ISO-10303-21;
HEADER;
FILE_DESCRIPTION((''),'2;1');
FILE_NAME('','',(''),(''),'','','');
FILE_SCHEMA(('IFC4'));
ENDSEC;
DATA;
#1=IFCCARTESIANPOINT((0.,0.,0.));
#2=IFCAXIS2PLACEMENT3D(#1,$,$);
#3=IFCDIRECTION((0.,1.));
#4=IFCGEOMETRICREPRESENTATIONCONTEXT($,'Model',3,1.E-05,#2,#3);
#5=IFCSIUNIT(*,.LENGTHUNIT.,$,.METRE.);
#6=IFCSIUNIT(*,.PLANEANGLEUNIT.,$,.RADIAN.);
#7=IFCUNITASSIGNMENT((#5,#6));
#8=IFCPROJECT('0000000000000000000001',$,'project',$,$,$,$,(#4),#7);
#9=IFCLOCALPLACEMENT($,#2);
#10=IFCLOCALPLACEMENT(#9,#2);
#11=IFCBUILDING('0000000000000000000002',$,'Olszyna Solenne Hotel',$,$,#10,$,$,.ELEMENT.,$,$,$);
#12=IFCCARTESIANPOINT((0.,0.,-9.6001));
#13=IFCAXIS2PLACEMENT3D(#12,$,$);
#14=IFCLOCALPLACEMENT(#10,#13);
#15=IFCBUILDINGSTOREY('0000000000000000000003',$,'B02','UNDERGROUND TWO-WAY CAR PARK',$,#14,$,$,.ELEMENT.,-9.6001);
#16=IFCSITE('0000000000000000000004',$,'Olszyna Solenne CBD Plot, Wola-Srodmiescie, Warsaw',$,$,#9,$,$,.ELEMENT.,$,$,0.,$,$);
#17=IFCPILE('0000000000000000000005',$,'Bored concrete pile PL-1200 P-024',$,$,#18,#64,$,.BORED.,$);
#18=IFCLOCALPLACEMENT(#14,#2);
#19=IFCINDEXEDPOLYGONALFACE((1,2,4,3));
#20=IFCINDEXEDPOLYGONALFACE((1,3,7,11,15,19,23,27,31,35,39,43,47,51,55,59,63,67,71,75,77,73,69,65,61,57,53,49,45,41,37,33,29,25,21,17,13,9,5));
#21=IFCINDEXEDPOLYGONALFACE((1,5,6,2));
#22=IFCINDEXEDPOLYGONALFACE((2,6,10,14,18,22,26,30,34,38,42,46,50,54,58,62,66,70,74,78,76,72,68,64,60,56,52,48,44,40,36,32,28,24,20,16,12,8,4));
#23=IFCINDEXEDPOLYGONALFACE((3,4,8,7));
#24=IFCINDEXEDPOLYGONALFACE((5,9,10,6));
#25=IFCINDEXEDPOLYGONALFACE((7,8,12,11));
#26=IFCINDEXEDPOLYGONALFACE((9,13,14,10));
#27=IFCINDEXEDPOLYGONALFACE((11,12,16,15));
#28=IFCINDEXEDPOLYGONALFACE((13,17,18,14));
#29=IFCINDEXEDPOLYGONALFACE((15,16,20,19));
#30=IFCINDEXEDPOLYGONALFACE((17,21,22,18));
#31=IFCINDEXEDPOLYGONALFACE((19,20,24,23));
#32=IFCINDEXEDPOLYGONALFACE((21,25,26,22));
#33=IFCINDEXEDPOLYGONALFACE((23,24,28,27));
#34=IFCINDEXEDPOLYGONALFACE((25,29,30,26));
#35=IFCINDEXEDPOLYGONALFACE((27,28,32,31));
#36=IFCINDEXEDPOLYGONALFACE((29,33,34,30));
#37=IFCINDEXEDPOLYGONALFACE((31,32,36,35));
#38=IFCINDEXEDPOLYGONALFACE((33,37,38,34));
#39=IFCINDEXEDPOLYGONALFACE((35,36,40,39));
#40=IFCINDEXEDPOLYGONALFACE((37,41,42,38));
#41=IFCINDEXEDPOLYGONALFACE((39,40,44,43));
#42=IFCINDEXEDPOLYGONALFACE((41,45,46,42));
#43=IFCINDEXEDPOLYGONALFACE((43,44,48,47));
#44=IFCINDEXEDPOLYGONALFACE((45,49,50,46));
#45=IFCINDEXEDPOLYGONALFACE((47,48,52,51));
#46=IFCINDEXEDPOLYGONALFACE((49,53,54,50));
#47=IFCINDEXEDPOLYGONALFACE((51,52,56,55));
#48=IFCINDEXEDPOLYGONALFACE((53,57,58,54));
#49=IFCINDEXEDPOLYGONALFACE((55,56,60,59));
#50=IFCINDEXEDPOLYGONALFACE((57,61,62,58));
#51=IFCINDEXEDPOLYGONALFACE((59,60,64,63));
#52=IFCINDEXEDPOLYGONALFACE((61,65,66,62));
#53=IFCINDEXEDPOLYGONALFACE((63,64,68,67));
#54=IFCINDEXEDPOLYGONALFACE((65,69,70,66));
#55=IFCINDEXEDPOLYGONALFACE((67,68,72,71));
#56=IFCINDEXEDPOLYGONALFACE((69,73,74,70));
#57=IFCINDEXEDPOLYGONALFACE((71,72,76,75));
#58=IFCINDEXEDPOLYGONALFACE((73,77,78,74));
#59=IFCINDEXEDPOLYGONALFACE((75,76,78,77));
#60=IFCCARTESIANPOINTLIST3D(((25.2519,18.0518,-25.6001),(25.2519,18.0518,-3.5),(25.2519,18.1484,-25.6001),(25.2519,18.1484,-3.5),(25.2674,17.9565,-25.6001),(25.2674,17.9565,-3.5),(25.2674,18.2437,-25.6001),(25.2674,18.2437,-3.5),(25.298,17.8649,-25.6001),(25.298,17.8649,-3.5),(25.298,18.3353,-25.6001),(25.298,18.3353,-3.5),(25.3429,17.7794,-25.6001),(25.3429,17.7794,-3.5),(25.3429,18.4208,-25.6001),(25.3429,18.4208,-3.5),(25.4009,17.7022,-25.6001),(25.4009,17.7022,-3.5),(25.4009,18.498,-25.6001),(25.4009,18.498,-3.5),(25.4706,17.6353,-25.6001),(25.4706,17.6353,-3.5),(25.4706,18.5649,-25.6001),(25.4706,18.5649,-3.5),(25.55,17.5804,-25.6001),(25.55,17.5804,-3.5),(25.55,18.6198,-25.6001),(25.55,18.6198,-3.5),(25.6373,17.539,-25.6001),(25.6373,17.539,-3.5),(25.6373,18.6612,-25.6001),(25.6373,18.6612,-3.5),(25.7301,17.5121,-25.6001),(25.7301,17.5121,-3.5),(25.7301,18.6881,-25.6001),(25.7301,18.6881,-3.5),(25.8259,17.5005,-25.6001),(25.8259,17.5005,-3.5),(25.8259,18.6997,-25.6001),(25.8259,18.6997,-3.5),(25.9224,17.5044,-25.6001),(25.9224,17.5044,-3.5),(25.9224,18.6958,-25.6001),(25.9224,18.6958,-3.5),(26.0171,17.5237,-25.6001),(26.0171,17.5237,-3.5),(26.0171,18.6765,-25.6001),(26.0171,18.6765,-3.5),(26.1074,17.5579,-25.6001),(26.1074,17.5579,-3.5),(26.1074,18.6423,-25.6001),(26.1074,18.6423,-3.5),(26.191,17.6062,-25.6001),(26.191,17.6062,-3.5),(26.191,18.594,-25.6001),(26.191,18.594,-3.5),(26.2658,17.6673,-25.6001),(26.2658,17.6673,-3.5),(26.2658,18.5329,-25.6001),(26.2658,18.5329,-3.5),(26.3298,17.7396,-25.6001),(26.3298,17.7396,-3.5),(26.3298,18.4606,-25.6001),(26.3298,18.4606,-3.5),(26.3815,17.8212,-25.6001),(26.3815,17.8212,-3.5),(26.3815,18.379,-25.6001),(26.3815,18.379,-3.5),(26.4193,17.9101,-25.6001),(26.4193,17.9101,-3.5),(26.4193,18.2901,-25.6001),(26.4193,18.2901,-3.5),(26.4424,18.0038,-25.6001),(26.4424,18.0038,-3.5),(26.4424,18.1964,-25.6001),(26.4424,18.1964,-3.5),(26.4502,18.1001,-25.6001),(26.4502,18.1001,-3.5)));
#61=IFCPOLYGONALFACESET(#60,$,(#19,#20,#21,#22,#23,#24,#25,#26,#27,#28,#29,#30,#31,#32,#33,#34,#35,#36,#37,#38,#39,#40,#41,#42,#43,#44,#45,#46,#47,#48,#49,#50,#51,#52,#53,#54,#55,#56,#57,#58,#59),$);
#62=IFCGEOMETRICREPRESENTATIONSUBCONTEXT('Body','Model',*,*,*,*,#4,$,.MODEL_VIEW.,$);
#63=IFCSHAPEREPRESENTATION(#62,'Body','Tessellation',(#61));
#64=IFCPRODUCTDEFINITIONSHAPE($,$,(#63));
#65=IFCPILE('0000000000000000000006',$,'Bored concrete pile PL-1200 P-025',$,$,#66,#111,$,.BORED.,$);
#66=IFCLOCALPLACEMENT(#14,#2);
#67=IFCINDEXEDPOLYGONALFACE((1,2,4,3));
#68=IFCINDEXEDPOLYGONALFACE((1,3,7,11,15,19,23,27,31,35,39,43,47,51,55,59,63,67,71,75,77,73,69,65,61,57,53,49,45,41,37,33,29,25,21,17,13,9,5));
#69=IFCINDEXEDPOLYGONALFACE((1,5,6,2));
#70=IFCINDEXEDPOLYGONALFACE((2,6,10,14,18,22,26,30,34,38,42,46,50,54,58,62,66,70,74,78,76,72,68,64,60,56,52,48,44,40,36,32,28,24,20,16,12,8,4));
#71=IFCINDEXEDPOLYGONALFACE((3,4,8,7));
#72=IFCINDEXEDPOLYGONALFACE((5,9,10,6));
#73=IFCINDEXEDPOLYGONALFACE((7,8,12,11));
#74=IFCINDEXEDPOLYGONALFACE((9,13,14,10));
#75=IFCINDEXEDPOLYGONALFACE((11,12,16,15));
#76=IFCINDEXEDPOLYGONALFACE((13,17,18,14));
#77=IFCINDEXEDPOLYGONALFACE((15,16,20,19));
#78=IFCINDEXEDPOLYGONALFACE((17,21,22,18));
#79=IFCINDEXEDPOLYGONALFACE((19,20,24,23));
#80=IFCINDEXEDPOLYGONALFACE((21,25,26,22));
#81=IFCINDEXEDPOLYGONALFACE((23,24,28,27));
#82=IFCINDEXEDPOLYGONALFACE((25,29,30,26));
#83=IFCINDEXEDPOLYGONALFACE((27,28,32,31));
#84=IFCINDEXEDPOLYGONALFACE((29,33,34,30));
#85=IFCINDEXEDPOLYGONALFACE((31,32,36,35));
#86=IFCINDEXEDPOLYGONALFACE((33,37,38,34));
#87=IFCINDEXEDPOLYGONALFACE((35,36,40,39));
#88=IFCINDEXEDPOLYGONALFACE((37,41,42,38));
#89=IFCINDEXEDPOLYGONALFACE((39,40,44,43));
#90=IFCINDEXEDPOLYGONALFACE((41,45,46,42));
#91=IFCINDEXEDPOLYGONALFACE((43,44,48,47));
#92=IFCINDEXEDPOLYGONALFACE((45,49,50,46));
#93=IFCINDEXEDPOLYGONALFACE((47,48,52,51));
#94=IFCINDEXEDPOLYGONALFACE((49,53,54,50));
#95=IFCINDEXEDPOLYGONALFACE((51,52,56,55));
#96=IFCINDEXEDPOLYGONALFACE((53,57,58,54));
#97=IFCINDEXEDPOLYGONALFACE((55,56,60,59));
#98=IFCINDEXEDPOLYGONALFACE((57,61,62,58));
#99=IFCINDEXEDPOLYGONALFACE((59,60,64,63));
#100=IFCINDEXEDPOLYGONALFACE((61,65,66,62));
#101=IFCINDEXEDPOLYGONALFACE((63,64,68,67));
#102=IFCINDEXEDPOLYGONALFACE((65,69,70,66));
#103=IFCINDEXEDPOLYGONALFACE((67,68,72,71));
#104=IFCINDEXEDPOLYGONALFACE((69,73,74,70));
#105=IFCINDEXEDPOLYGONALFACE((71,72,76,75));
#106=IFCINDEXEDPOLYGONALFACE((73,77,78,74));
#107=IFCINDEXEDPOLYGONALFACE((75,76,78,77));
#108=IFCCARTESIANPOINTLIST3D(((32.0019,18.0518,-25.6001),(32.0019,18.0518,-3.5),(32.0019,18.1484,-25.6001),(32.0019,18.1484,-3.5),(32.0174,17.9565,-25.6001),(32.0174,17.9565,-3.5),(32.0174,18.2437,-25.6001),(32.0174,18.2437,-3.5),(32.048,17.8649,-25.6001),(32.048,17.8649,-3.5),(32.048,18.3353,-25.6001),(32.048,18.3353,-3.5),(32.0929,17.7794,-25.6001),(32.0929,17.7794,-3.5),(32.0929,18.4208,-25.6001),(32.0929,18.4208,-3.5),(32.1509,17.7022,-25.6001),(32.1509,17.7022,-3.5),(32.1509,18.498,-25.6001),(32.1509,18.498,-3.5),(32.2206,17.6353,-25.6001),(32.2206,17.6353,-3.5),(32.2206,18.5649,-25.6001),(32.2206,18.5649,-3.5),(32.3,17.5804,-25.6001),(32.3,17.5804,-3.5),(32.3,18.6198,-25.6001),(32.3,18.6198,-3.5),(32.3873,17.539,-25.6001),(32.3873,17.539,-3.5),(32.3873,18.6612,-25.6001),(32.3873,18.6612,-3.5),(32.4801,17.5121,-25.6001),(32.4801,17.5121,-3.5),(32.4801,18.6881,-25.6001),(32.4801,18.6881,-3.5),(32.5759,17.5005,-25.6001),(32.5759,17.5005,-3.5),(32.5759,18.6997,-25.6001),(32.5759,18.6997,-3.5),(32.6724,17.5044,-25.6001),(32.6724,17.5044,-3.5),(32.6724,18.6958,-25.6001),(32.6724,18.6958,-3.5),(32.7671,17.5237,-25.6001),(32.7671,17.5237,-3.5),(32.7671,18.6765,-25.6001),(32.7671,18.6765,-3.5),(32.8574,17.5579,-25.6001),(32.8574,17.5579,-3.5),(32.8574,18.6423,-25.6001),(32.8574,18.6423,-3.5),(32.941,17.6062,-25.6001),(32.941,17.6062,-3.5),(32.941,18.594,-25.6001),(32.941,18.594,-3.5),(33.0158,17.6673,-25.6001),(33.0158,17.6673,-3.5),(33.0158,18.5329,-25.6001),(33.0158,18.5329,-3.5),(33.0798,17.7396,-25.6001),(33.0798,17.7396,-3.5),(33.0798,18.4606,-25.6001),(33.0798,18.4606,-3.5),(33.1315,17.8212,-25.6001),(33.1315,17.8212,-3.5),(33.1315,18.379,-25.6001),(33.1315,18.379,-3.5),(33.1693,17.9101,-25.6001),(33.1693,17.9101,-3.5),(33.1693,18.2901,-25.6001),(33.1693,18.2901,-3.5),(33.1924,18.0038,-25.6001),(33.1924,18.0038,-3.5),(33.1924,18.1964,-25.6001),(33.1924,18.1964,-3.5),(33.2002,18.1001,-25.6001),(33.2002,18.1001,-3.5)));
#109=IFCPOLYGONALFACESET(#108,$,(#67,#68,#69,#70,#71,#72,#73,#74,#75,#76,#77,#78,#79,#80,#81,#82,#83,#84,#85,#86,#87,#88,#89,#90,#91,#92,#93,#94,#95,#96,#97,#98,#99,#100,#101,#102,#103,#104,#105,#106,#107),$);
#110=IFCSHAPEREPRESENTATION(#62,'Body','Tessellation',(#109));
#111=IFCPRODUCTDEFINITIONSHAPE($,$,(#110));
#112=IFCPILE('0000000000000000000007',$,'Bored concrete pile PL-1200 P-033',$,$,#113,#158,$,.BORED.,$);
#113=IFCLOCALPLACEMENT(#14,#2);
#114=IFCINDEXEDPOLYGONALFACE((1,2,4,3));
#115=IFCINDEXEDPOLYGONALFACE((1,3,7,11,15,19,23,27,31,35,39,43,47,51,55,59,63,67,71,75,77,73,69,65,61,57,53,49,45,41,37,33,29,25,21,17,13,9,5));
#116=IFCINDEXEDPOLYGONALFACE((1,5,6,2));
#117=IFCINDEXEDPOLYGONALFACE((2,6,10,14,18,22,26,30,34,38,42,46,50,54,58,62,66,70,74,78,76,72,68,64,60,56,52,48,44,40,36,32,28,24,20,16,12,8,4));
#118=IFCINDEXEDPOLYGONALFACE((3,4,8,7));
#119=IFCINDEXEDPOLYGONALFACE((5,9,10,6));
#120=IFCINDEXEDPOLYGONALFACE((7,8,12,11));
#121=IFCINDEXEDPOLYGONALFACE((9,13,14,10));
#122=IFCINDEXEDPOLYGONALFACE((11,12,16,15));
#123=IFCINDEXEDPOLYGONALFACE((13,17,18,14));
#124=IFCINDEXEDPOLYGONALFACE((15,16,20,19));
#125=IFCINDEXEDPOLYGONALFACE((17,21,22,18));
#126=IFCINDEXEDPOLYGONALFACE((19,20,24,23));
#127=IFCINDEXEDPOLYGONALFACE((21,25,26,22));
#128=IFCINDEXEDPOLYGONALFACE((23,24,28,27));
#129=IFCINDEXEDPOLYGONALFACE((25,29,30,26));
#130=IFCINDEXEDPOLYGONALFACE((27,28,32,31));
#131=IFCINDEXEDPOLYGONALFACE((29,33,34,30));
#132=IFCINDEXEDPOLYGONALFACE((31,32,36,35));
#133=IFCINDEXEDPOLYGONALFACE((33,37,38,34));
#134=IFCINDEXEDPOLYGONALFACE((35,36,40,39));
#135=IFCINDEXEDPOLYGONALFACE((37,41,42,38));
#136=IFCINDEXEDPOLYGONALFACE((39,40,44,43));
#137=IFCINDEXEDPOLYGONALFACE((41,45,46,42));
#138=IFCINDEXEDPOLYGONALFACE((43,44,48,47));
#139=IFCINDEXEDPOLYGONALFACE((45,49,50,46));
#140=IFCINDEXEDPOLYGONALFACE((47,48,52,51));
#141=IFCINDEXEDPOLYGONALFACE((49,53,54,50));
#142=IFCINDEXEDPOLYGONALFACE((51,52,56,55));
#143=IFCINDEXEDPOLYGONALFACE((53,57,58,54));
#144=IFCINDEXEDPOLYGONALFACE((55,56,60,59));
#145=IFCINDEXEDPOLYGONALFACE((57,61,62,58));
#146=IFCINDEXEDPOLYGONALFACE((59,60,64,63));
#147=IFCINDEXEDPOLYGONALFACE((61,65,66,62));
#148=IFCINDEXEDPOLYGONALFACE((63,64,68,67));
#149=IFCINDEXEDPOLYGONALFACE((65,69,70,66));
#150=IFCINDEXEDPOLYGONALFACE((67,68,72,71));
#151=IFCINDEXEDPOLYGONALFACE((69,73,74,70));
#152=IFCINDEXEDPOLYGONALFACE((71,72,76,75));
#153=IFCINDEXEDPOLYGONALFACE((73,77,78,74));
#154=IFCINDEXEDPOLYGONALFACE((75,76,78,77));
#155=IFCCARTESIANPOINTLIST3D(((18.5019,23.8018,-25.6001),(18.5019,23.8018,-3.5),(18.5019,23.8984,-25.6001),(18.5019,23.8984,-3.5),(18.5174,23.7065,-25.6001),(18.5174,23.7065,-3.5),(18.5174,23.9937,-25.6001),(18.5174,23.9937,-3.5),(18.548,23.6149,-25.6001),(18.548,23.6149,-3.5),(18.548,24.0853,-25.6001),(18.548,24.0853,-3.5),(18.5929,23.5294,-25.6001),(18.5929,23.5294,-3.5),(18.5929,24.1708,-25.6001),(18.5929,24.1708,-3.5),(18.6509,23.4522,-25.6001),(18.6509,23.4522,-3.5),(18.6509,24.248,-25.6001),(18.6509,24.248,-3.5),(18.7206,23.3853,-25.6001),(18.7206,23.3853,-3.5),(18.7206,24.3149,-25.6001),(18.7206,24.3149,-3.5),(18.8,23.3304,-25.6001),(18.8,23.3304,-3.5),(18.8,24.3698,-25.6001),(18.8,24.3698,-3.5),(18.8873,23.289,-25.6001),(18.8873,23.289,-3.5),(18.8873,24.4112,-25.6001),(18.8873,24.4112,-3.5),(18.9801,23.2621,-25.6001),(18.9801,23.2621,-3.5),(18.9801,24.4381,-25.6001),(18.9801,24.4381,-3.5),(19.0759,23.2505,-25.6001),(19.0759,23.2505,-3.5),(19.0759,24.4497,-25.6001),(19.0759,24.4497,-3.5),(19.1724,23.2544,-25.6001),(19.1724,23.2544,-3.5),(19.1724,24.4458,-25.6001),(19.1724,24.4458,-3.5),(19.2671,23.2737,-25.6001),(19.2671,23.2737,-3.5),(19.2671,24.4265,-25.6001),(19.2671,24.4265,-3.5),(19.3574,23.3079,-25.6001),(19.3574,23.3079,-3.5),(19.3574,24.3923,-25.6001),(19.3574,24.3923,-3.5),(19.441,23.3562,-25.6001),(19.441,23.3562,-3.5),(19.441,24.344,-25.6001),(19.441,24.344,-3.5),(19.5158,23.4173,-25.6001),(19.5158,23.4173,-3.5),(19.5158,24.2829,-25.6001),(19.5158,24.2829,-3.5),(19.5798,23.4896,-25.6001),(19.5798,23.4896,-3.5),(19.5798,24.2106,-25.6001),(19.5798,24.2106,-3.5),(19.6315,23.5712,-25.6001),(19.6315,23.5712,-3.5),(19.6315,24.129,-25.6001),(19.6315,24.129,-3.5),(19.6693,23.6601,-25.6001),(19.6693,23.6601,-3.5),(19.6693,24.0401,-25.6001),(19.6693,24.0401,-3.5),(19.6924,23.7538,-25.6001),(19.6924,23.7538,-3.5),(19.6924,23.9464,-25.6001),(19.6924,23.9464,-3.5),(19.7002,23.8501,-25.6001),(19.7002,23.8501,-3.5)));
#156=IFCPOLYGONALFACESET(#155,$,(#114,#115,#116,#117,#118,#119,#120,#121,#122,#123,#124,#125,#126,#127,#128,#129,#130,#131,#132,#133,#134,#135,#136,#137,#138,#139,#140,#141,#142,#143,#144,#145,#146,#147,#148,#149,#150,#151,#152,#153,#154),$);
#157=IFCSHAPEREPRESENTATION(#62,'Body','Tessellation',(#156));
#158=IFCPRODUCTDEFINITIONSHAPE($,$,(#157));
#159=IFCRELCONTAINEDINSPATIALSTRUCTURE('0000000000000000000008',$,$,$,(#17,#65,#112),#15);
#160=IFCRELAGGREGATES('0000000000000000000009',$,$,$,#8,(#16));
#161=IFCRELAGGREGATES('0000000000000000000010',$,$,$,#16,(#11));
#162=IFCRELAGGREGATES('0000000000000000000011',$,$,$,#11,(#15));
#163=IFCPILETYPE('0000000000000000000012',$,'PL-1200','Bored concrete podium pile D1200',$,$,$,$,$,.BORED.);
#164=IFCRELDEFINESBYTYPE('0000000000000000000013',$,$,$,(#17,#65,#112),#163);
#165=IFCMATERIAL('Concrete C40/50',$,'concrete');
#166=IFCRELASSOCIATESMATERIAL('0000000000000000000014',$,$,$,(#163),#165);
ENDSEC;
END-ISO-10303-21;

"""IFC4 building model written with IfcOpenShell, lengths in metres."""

from ifc_helpers import new_model, si_unit, direction, frame, origin, origin_2d, place, context, subcontext, project, spatial, circle, extrude, source, transform, mapped, material, material_profile, profile_set, type_object, element, save


model = new_model("IFC4")

# Units and contexts
model_context = context("Model", 3, precision=1e-05, world=origin(), true_north=direction((0.0, 1.0)))
body_context = subcontext(model_context, "Body", "Model", "MODEL_VIEW")
ifc_project = project(units=[si_unit("LENGTHUNIT", "METRE"), si_unit("PLANEANGLEUNIT", "RADIAN")], contexts=[model_context])

# Site, building, storey
site_placement = place(None, origin())
site = spatial("IfcSite", under=ifc_project, at=site_placement, Name="Olszyna Solenne CBD Plot, Wola-Srodmiescie, Warsaw", CompositionType="ELEMENT", RefElevation=0.0)
building_placement = place(site_placement, origin())
building = spatial("IfcBuilding", under=site, at=building_placement, Name="Olszyna Solenne Hotel", CompositionType="ELEMENT")
storey_placement = place(building_placement, frame((0.0, 0.0, -9.6001)))
storey = spatial("IfcBuildingStorey", under=building, at=storey_placement, Name="B02", Description="UNDERGROUND TWO-WAY CAR PARK", CompositionType="ELEMENT", Elevation=-9.6001)

# Piles
ifc_material_1 = material(Name="Concrete C40/50", Category="concrete")
ifc_material_profile_1 = material_profile(ifc_material_1, circle(Radius=0.6001, at=origin_2d()), Name="BORED PILE 1200", Category="load-bearing")
ifc_profile_set_1 = profile_set([ifc_material_profile_1], Name="Concrete C40/50")
pile_type_1 = type_object("IfcPileType", Name="PL-1200", Description="Bored concrete podium pile D1200", PredefinedType="BORED", material=ifc_profile_set_1)
shared_shape_1 = source(origin(), body_context, "Body", "SweptSolid", [
    extrude(circle(Radius=0.6001, at=origin_2d()), origin(), (0.0, 0.0, 1.0), 22.1001),
])
for number, where, z_axis, x_axis, name in (
    (1, (25.8501, 18.1001, -3.5), (0.0, 0.0, -1.0), (1.0, 0.0, 0.0), "Bored concrete pile PL-1200 P-024"),
    (2, (32.6001, 18.1001, -3.5), (0.0, 0.0, -1.0), (1.0, 0.0, 0.0), "Bored concrete pile PL-1200 P-025"),
    (3, (19.1001, 23.8501, -3.5), (0.0, 0.0, -1.0), (1.0, 0.0, 0.0), "Bored concrete pile PL-1200 P-033"),
):
    element("IfcPile", number, at=place(storey_placement, frame(where, z_axis=z_axis, x_axis=x_axis)), inside=storey, type_object=pile_type_1, Name=name, PredefinedType="BORED", context=body_context, shape_type="MappedRepresentation", body=[
        mapped(shared_shape_1, transform((0.0, 0.0, 0.0), x_axis=(1.0, 0.0, 0.0), y_axis=(0.0, 1.0, 0.0), z_axis=(0.0, 0.0, 1.0), scale=1.0)),
    ])

save(model, "model.ifc")
